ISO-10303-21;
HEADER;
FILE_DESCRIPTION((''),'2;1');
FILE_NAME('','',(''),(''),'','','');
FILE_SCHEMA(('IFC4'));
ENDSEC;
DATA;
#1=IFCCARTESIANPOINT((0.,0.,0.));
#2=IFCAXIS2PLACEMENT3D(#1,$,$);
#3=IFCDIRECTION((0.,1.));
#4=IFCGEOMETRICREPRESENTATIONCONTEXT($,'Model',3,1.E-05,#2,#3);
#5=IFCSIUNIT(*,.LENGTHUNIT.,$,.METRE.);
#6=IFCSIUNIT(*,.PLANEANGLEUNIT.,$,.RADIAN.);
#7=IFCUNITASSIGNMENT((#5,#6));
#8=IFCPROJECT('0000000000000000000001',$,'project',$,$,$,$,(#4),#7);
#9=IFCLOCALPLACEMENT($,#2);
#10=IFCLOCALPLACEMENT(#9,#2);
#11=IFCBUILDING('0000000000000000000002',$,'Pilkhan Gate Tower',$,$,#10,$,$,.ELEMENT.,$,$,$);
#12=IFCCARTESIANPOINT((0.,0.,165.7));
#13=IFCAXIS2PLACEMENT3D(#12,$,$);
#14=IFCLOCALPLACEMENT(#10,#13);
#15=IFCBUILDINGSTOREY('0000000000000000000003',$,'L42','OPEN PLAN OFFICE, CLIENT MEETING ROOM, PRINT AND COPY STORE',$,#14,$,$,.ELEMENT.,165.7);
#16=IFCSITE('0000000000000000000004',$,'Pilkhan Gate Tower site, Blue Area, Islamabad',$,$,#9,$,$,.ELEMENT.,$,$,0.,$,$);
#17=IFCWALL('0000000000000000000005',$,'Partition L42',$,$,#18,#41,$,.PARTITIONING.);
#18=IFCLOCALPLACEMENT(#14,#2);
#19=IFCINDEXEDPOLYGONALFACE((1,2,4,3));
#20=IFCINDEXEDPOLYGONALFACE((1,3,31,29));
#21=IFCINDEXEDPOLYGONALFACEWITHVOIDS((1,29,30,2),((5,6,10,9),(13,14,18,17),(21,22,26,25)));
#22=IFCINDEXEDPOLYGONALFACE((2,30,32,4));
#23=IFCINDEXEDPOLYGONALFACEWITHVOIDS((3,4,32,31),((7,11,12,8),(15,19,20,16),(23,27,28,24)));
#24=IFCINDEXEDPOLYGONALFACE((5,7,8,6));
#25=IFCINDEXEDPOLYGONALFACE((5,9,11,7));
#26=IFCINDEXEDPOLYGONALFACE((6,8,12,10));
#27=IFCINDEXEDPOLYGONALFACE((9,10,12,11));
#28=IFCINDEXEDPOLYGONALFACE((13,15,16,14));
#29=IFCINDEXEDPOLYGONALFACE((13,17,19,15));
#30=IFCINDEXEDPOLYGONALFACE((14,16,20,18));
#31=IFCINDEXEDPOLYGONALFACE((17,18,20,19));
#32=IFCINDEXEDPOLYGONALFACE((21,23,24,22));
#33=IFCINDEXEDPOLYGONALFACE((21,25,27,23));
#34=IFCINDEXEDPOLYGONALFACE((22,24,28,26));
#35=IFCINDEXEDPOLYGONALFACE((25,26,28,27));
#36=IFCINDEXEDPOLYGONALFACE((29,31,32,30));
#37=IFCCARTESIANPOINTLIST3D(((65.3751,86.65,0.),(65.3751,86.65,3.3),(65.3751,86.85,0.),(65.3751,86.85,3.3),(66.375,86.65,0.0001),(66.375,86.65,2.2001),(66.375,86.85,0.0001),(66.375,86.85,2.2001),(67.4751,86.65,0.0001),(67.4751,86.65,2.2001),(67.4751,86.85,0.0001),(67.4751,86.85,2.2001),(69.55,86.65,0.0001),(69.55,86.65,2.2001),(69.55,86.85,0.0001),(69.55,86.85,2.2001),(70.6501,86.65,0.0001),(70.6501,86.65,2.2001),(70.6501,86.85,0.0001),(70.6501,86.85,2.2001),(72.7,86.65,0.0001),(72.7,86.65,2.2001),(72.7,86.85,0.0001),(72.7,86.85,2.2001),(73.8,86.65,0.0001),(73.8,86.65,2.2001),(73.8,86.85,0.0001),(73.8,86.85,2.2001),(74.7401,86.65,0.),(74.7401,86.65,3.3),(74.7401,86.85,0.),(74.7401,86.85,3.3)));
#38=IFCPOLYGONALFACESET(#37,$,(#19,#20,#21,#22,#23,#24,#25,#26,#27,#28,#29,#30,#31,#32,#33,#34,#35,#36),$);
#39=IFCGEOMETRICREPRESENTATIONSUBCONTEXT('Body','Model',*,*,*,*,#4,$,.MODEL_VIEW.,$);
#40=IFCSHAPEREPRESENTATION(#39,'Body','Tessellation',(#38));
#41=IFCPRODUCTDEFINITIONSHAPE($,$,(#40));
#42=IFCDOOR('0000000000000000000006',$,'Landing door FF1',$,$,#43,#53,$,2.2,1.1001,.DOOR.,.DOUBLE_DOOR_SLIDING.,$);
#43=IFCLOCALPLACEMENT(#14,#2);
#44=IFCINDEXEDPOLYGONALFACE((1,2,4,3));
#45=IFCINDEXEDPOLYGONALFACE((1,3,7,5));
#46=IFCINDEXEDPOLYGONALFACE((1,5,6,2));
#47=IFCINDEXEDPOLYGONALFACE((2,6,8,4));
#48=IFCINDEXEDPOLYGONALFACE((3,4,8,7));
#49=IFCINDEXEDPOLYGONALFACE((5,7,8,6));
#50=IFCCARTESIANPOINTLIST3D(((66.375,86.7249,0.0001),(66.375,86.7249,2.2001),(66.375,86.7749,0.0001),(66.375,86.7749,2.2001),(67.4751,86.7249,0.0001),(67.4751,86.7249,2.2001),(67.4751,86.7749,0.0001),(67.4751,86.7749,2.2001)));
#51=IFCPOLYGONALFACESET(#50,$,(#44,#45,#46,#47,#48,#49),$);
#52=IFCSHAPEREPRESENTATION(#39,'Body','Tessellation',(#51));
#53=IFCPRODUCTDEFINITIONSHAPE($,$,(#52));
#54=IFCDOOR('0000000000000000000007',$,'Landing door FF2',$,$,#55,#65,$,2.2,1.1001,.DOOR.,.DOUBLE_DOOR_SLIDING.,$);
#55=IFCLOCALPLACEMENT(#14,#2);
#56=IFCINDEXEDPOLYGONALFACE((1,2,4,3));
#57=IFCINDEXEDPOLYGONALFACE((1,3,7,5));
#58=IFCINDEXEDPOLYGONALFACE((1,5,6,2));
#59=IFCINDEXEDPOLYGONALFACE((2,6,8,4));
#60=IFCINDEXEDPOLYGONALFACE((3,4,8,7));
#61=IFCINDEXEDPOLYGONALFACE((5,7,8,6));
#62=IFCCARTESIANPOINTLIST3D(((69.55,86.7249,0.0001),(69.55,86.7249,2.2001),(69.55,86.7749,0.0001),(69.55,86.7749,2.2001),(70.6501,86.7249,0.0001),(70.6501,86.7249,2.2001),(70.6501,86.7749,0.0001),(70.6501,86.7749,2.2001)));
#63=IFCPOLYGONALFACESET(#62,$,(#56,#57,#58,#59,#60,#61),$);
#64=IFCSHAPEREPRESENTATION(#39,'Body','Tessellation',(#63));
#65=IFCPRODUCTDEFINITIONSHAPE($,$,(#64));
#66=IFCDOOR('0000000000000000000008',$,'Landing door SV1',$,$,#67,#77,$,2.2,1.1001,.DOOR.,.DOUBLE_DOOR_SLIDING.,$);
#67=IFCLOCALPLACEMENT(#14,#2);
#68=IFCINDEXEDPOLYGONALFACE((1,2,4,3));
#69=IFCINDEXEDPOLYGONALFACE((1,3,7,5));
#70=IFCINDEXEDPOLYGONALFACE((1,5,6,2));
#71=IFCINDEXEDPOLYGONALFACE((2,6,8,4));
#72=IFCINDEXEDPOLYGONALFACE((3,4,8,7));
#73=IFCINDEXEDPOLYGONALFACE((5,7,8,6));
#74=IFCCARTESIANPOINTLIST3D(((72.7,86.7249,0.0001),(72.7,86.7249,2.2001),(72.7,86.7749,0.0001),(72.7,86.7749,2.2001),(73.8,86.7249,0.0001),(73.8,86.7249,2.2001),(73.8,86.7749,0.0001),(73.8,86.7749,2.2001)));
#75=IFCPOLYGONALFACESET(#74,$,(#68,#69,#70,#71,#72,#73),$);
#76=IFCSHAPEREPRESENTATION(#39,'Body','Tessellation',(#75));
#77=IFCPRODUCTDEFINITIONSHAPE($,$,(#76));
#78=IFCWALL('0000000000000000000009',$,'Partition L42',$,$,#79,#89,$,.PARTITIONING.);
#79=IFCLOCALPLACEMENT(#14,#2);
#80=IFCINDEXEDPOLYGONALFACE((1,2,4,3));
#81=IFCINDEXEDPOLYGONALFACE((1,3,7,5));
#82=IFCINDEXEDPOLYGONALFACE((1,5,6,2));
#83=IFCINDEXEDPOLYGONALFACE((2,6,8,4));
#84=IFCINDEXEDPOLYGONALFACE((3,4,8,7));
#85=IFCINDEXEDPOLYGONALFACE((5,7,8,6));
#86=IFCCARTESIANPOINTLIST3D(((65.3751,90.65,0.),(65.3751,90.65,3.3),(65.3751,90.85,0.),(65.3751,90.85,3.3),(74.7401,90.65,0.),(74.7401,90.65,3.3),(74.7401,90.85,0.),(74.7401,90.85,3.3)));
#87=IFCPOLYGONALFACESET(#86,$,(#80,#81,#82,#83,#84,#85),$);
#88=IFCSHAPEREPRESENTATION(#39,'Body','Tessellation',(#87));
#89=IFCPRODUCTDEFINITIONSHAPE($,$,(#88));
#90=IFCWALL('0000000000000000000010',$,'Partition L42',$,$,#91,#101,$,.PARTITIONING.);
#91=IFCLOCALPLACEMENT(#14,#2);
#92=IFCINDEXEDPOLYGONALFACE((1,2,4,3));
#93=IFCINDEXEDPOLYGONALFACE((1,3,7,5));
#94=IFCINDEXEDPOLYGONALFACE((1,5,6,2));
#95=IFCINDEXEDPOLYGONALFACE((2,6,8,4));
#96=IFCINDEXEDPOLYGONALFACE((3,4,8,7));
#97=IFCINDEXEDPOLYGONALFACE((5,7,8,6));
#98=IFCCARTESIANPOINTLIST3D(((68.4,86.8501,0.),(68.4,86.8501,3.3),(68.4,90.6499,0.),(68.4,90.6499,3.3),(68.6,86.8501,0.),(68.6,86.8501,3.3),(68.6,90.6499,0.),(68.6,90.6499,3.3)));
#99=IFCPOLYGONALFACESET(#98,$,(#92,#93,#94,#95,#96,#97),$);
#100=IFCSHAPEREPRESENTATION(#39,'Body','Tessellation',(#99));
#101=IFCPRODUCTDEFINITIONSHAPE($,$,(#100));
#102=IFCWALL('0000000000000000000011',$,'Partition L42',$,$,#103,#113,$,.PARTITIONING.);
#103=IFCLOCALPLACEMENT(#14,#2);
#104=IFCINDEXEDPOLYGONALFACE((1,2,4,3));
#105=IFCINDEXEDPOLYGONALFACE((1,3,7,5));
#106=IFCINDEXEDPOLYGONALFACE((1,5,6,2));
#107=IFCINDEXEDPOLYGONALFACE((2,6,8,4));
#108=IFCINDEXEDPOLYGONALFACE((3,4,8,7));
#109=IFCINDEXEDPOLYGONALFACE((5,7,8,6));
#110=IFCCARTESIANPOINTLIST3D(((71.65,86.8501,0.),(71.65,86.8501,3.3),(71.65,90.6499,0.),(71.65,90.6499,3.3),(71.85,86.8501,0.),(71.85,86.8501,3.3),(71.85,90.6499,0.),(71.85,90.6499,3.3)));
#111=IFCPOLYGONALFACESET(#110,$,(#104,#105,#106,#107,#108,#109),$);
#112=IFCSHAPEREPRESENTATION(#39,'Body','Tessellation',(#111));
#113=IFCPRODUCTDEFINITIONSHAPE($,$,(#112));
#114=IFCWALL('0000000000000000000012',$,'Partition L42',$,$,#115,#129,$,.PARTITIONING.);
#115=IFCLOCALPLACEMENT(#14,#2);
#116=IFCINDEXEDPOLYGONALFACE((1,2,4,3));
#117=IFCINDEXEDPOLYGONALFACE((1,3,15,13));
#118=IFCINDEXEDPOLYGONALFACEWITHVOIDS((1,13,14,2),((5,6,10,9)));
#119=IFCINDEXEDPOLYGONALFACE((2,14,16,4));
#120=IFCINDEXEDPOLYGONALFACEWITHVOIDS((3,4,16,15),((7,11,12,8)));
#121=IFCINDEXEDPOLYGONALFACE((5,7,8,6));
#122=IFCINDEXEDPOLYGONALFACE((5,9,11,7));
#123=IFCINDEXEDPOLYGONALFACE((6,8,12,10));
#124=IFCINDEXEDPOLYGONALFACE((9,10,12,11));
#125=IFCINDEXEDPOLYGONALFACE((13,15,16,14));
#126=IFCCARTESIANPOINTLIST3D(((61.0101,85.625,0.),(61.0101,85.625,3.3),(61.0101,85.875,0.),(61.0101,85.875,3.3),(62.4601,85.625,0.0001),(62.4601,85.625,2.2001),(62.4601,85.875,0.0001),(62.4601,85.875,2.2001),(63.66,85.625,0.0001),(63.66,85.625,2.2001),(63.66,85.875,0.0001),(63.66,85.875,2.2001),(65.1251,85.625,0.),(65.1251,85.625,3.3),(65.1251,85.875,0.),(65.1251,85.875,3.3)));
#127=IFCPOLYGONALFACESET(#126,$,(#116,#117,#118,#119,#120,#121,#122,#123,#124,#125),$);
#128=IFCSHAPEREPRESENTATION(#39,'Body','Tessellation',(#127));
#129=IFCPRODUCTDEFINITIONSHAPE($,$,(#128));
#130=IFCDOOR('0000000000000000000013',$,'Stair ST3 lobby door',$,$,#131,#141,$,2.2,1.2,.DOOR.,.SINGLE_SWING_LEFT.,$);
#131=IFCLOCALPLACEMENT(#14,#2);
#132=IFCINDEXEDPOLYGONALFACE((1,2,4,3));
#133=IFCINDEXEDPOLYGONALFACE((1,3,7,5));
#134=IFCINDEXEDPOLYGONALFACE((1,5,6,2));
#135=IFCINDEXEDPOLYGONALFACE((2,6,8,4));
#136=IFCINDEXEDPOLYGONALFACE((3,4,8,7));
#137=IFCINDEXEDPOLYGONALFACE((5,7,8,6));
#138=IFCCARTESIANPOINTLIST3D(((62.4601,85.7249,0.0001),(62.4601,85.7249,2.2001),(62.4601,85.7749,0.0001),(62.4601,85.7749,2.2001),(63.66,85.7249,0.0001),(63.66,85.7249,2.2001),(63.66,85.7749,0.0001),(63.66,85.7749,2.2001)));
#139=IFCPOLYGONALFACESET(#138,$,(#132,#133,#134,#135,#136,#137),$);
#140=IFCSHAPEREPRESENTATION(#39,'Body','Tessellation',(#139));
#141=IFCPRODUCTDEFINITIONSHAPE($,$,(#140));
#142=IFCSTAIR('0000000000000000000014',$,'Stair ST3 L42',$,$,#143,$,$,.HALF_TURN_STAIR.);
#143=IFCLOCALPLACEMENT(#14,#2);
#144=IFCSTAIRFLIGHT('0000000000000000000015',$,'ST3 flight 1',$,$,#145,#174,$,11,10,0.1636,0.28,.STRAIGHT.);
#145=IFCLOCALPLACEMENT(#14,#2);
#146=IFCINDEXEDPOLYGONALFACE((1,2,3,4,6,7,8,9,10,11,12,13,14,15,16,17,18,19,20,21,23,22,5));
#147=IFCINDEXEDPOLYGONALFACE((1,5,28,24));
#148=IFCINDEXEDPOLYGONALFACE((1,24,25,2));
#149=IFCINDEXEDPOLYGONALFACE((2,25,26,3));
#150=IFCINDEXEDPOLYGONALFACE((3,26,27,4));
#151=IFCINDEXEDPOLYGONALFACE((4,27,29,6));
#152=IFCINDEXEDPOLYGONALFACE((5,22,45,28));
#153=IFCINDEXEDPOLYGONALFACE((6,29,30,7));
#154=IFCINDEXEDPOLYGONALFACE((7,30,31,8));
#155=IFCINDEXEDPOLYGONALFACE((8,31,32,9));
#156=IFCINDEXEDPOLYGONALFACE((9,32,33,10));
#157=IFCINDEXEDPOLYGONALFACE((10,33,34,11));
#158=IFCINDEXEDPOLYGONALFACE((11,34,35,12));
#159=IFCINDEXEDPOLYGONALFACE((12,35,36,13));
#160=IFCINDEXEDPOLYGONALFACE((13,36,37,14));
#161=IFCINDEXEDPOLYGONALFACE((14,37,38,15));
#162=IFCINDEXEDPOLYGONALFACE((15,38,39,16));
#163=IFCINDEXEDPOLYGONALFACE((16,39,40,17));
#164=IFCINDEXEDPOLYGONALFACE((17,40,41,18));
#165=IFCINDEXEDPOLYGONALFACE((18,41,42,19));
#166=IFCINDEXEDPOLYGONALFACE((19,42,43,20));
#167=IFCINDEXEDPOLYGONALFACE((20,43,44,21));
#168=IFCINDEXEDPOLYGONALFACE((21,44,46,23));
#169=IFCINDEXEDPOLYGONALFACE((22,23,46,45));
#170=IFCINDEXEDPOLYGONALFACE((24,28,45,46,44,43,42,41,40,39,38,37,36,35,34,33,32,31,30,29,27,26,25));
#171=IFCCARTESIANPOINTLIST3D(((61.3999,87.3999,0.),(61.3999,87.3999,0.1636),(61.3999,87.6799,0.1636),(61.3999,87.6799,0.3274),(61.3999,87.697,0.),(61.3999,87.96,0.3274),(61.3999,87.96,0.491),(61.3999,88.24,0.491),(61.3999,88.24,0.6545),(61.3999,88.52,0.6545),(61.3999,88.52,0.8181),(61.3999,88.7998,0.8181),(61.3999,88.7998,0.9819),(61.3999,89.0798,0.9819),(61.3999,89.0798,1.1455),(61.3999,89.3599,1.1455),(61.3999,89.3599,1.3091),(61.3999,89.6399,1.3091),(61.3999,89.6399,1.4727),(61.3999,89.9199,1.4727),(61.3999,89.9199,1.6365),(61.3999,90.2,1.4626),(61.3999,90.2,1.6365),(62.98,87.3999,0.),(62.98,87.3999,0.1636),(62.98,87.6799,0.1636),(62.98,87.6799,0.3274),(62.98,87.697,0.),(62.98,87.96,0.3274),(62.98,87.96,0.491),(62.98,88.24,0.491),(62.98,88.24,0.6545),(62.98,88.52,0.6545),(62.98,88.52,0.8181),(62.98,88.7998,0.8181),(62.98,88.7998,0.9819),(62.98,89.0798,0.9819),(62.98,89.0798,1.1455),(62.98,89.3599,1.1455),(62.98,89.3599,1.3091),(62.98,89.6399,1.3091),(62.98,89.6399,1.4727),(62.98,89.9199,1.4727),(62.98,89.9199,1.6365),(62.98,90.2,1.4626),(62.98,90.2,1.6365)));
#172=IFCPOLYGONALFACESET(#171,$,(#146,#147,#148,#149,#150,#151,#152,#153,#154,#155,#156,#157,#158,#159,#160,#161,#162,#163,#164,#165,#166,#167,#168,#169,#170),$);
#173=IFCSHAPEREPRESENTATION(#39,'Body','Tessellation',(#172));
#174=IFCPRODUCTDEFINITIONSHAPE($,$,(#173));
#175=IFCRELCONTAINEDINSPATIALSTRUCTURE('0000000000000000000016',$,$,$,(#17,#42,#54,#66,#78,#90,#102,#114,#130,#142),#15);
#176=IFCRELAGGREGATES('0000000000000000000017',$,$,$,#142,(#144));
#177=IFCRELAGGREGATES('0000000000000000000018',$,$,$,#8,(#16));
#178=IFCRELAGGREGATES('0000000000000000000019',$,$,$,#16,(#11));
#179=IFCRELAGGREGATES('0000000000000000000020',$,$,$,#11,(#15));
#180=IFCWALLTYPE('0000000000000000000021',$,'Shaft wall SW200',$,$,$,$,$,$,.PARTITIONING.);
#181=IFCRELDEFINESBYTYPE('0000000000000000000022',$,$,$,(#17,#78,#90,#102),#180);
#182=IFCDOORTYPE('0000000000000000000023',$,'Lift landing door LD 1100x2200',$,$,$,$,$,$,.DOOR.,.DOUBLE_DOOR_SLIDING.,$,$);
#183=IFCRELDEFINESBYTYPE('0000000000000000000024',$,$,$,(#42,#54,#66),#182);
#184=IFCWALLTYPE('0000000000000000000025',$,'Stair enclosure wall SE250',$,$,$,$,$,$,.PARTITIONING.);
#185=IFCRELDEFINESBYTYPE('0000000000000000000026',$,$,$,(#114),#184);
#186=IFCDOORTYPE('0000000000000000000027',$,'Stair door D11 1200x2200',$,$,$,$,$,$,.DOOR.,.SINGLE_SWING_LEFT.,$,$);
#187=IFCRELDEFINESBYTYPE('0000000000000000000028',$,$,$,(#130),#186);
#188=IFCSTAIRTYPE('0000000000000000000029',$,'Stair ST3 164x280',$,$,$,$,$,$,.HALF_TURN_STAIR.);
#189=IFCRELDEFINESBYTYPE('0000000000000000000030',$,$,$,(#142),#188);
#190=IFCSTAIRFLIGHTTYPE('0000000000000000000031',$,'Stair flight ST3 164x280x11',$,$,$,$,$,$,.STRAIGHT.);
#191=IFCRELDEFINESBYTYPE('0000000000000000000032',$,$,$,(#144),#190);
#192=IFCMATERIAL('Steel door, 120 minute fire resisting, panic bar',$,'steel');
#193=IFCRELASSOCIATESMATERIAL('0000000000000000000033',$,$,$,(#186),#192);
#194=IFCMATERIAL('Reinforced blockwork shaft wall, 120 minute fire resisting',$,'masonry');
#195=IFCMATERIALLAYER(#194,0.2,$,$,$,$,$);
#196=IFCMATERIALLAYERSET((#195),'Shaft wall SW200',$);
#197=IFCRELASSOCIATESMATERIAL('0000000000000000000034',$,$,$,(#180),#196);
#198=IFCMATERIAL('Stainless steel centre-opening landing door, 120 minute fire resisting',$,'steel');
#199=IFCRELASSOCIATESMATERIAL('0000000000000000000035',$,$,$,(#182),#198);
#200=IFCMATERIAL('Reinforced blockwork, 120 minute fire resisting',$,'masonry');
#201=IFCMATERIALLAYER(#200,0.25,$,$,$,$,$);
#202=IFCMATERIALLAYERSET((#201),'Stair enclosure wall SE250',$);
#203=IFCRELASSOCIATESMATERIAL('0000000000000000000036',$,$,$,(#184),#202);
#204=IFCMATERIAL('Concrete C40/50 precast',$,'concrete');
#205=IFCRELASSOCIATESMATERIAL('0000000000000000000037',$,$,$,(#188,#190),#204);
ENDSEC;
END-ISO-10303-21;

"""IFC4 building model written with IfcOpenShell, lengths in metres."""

from ifc_helpers import new_model, si_unit, direction, frame, frame_2d, origin, place, context, subcontext, project, spatial, polyline, rectangle, outline, extrude, material, layer, layer_set, type_object, element, fill, aggregate, save


model = new_model("IFC4")

# Units and contexts
model_context = context("Model", 3, precision=1e-05, world=origin(), true_north=direction((0.0, 1.0)))
body_context = subcontext(model_context, "Body", "Model", "MODEL_VIEW")
ifc_project = project(units=[si_unit("LENGTHUNIT", "METRE"), si_unit("PLANEANGLEUNIT", "RADIAN")], contexts=[model_context])

# Site, building, storey
site_placement = place(None, origin())
site = spatial("IfcSite", under=ifc_project, at=site_placement, Name="Pilkhan Gate Tower site, Blue Area, Islamabad", CompositionType="ELEMENT", RefElevation=0.0)
building_placement = place(site_placement, origin())
building = spatial("IfcBuilding", under=site, at=building_placement, Name="Pilkhan Gate Tower", CompositionType="ELEMENT")
storey_placement = place(building_placement, frame((0.0, 0.0, 165.7)))
storey = spatial("IfcBuildingStorey", under=building, at=storey_placement, Name="L42", Description="OPEN PLAN OFFICE, CLIENT MEETING ROOM, PRINT AND COPY STORE", CompositionType="ELEMENT", Elevation=165.7)

# Wall, openings, doors
ifc_material_1 = material(Name="Steel door, 120 minute fire resisting, panic bar", Category="steel")
door_type_1 = type_object("IfcDoorType", Name="Stair door D11 1200x2200", OperationType="SINGLE_SWING_LEFT", PredefinedType="DOOR", material=ifc_material_1)
ifc_material_2 = material(Name="Reinforced blockwork shaft wall, 120 minute fire resisting", Category="masonry")
ifc_layer_1 = layer(ifc_material_2, 0.2)
ifc_layer_set_1 = layer_set([ifc_layer_1], Name="Shaft wall SW200")
wall_type_1 = type_object("IfcWallType", Name="Shaft wall SW200", PredefinedType="PARTITIONING", material=ifc_layer_set_1)
wall_1_placement = place(storey_placement, frame((65.375, 86.75, 0.0), z_axis=(0.0, 0.0, 1.0), x_axis=(1.0, 0.0, 0.0)))
wall_1 = element("IfcWall", 1, at=wall_1_placement, inside=storey, type_object=wall_type_1, Name="Partition L42", PredefinedType="PARTITIONING", context=body_context, shape_type="SweptSolid", body=[
    extrude(rectangle(XDim=9.365, YDim=0.2, at=frame_2d((4.6826, 0.0))), origin(), (0.0, 0.0, 1.0), 3.3),
])
opening_1_placement = place(wall_1_placement, frame((1.0, 0.0, 0.0)))
opening_1 = element("IfcOpeningElement", 2, at=opening_1_placement, cuts=wall_1, PredefinedType="OPENING", context=body_context, shape_type="SweptSolid", body=[
    extrude(rectangle(XDim=1.1001, YDim=2.2, at=frame_2d((0.55, 1.1001))), frame((0.0, 0.1099, 0.0), z_axis=(0.0, -1.0, 0.0), x_axis=(1.0, 0.0, 0.0)), (0.0, 0.0, 1.0), 0.22),
])
opening_2_placement = place(wall_1_placement, frame((4.175, 0.0, 0.0)))
opening_2 = element("IfcOpeningElement", 3, at=opening_2_placement, cuts=wall_1, PredefinedType="OPENING", context=body_context, shape_type="SweptSolid", body=[
    extrude(rectangle(XDim=1.1001, YDim=2.2, at=frame_2d((0.55, 1.1001))), frame((0.0, 0.1099, 0.0), z_axis=(0.0, -1.0, 0.0), x_axis=(1.0, 0.0, 0.0)), (0.0, 0.0, 1.0), 0.22),
])
opening_3_placement = place(wall_1_placement, frame((7.325, 0.0, 0.0)))
opening_3 = element("IfcOpeningElement", 4, at=opening_3_placement, cuts=wall_1, PredefinedType="OPENING", context=body_context, shape_type="SweptSolid", body=[
    extrude(rectangle(XDim=1.1001, YDim=2.2, at=frame_2d((0.55, 1.1001))), frame((0.0, 0.1099, 0.0), z_axis=(0.0, -1.0, 0.0), x_axis=(1.0, 0.0, 0.0)), (0.0, 0.0, 1.0), 0.22),
])
ifc_material_3 = material(Name="Stainless steel centre-opening landing door, 120 minute fire resisting", Category="steel")
door_type_2 = type_object("IfcDoorType", Name="Lift landing door LD 1100x2200", OperationType="DOUBLE_DOOR_SLIDING", PredefinedType="DOOR", material=ifc_material_3)
door_1_placement = place(opening_1_placement, origin())
door_1 = element("IfcDoor", 5, at=door_1_placement, inside=storey, type_object=door_type_2, Name="Landing door FF1", OperationType="DOUBLE_DOOR_SLIDING", OverallHeight=2.2, OverallWidth=1.1001, PredefinedType="DOOR", context=body_context, shape_type="SweptSolid", body=[
    extrude(rectangle(XDim=1.1001, YDim=2.2, at=frame_2d((0.55, 1.1001))), frame((0.0, 0.0249, 0.0), z_axis=(0.0, -1.0, 0.0), x_axis=(1.0, 0.0, 0.0)), (0.0, 0.0, 1.0), 0.05),
])
fill(opening_1, door_1)
door_2_placement = place(opening_2_placement, origin())
door_2 = element("IfcDoor", 6, at=door_2_placement, inside=storey, type_object=door_type_2, Name="Landing door FF2", OperationType="DOUBLE_DOOR_SLIDING", OverallHeight=2.2, OverallWidth=1.1001, PredefinedType="DOOR", context=body_context, shape_type="SweptSolid", body=[
    extrude(rectangle(XDim=1.1001, YDim=2.2, at=frame_2d((0.55, 1.1001))), frame((0.0, 0.0249, 0.0), z_axis=(0.0, -1.0, 0.0), x_axis=(1.0, 0.0, 0.0)), (0.0, 0.0, 1.0), 0.05),
])
fill(opening_2, door_2)
door_3_placement = place(opening_3_placement, origin())
door_3 = element("IfcDoor", 7, at=door_3_placement, inside=storey, type_object=door_type_2, Name="Landing door SV1", OperationType="DOUBLE_DOOR_SLIDING", OverallHeight=2.2, OverallWidth=1.1001, PredefinedType="DOOR", context=body_context, shape_type="SweptSolid", body=[
    extrude(rectangle(XDim=1.1001, YDim=2.2, at=frame_2d((0.55, 1.1001))), frame((0.0, 0.0249, 0.0), z_axis=(0.0, -1.0, 0.0), x_axis=(1.0, 0.0, 0.0)), (0.0, 0.0, 1.0), 0.05),
])
fill(opening_3, door_3)

# Walls
wall_2_placement = place(storey_placement, frame((65.375, 90.75, 0.0), z_axis=(0.0, 0.0, 1.0), x_axis=(1.0, 0.0, 0.0)))
element("IfcWall", 8, at=wall_2_placement, inside=storey, type_object=wall_type_1, Name="Partition L42", PredefinedType="PARTITIONING", context=body_context, shape_type="SweptSolid", body=[
    extrude(rectangle(XDim=9.365, YDim=0.2, at=frame_2d((4.6826, 0.0))), origin(), (0.0, 0.0, 1.0), 3.3),
])
for number, where, z_axis, x_axis, name in (
    (9, (68.5, 86.8501, 0.0), (0.0, 0.0, 1.0), (0.0, 1.0, 0.0), "Partition L42"),
    (10, (71.75, 86.8501, 0.0), (0.0, 0.0, 1.0), (0.0, 1.0, 0.0), "Partition L42"),
):
    element("IfcWall", number, at=place(storey_placement, frame(where, z_axis=z_axis, x_axis=x_axis)), inside=storey, type_object=wall_type_1, Name=name, PredefinedType="PARTITIONING", context=body_context, shape_type="SweptSolid", body=[
        extrude(rectangle(XDim=3.7998, YDim=0.2, at=frame_2d((1.8999, 0.0))), origin(), (0.0, 0.0, 1.0), 3.3),
    ])

# Wall, opening, door
ifc_material_4 = material(Name="Reinforced blockwork, 120 minute fire resisting", Category="masonry")
ifc_layer_2 = layer(ifc_material_4, 0.25)
ifc_layer_set_2 = layer_set([ifc_layer_2], Name="Stair enclosure wall SE250")
wall_type_2 = type_object("IfcWallType", Name="Stair enclosure wall SE250", PredefinedType="PARTITIONING", material=ifc_layer_set_2)
wall_3_placement = place(storey_placement, frame((61.01, 85.75, 0.0), z_axis=(0.0, 0.0, 1.0), x_axis=(1.0, 0.0, 0.0)))
wall_3 = element("IfcWall", 11, at=wall_3_placement, inside=storey, type_object=wall_type_2, Name="Partition L42", PredefinedType="PARTITIONING", context=body_context, shape_type="SweptSolid", body=[
    extrude(rectangle(XDim=4.115, YDim=0.25, at=frame_2d((2.0576, 0.0))), origin(), (0.0, 0.0, 1.0), 3.3),
])
opening_4_placement = place(wall_3_placement, frame((1.45, 0.0, 0.0)))
opening_4 = element("IfcOpeningElement", 12, at=opening_4_placement, cuts=wall_3, PredefinedType="OPENING", context=body_context, shape_type="SweptSolid", body=[
    extrude(rectangle(XDim=1.2, YDim=2.2, at=frame_2d((0.6001, 1.1001))), frame((0.0, 0.135, 0.0), z_axis=(0.0, -1.0, 0.0), x_axis=(1.0, 0.0, 0.0)), (0.0, 0.0, 1.0), 0.27),
])
door_4_placement = place(opening_4_placement, origin())
door_4 = element("IfcDoor", 13, at=door_4_placement, inside=storey, type_object=door_type_1, Name="Stair ST3 lobby door", OperationType="SINGLE_SWING_LEFT", OverallHeight=2.2, OverallWidth=1.2, PredefinedType="DOOR", context=body_context, shape_type="SweptSolid", body=[
    extrude(rectangle(XDim=1.2, YDim=2.2, at=frame_2d((0.6001, 1.1001))), frame((0.0, 0.0249, 0.0), z_axis=(0.0, -1.0, 0.0), x_axis=(1.0, 0.0, 0.0)), (0.0, 0.0, 1.0), 0.05),
])
fill(opening_4, door_4)

# Stair, stair flight
ifc_material_5 = material(Name="Concrete C40/50 precast", Category="concrete")
stair_type = type_object("IfcStairType", Name="Stair ST3 164x280", PredefinedType="HALF_TURN_STAIR", material=ifc_material_5)
stair_placement = place(storey_placement, origin())
stair = element("IfcStair", 14, at=stair_placement, inside=storey, type_object=stair_type, Name="Stair ST3 L42", PredefinedType="HALF_TURN_STAIR")
stair_flight_type = type_object("IfcStairFlightType", Name="Stair flight ST3 164x280x11", PredefinedType="STRAIGHT", material=ifc_material_5)
stair_flight_1_placement = place(storey_placement, frame((62.1899, 87.3999, 0.0), z_axis=(0.0, 0.0, 1.0), x_axis=(0.0, 1.0, 0.0)))
stair_flight_1 = element("IfcStairFlight", 15, at=stair_flight_1_placement, type_object=stair_flight_type, Name="ST3 flight 1", NumberOfRisers=11, NumberOfTreads=10, PredefinedType="STRAIGHT", RiserHeight=0.1636, TreadLength=0.28, context=body_context, shape_type="SweptSolid", body=[
    extrude(outline(polyline([(0.0, 0.0), (0.0, 0.1636), (0.28, 0.1636), (0.28, 0.3274), (0.5601, 0.3274), (0.5601, 0.491), (0.8401, 0.491), (0.8401, 0.6545), (1.1201, 0.6545), (1.1201, 0.8181), (1.3999, 0.8181), (1.3999, 0.9819), (1.6799, 0.9819), (1.6799, 1.1455), (1.96, 1.1455), (1.96, 1.3091), (2.24, 1.3091), (2.24, 1.4727), (2.52, 1.4727), (2.52, 1.6365), (2.8, 1.6365), (2.8, 1.8), (2.8, 1.4626), (0.2971, 0.0), (0.0, 0.0)])), frame((0.0, 0.79, 0.0), z_axis=(0.0, -1.0, 0.0), x_axis=(1.0, 0.0, 0.0)), (0.0, 0.0, 1.0), 1.5801),
])
aggregate(stair, [stair_flight_1])

save(model, "model.ifc")
